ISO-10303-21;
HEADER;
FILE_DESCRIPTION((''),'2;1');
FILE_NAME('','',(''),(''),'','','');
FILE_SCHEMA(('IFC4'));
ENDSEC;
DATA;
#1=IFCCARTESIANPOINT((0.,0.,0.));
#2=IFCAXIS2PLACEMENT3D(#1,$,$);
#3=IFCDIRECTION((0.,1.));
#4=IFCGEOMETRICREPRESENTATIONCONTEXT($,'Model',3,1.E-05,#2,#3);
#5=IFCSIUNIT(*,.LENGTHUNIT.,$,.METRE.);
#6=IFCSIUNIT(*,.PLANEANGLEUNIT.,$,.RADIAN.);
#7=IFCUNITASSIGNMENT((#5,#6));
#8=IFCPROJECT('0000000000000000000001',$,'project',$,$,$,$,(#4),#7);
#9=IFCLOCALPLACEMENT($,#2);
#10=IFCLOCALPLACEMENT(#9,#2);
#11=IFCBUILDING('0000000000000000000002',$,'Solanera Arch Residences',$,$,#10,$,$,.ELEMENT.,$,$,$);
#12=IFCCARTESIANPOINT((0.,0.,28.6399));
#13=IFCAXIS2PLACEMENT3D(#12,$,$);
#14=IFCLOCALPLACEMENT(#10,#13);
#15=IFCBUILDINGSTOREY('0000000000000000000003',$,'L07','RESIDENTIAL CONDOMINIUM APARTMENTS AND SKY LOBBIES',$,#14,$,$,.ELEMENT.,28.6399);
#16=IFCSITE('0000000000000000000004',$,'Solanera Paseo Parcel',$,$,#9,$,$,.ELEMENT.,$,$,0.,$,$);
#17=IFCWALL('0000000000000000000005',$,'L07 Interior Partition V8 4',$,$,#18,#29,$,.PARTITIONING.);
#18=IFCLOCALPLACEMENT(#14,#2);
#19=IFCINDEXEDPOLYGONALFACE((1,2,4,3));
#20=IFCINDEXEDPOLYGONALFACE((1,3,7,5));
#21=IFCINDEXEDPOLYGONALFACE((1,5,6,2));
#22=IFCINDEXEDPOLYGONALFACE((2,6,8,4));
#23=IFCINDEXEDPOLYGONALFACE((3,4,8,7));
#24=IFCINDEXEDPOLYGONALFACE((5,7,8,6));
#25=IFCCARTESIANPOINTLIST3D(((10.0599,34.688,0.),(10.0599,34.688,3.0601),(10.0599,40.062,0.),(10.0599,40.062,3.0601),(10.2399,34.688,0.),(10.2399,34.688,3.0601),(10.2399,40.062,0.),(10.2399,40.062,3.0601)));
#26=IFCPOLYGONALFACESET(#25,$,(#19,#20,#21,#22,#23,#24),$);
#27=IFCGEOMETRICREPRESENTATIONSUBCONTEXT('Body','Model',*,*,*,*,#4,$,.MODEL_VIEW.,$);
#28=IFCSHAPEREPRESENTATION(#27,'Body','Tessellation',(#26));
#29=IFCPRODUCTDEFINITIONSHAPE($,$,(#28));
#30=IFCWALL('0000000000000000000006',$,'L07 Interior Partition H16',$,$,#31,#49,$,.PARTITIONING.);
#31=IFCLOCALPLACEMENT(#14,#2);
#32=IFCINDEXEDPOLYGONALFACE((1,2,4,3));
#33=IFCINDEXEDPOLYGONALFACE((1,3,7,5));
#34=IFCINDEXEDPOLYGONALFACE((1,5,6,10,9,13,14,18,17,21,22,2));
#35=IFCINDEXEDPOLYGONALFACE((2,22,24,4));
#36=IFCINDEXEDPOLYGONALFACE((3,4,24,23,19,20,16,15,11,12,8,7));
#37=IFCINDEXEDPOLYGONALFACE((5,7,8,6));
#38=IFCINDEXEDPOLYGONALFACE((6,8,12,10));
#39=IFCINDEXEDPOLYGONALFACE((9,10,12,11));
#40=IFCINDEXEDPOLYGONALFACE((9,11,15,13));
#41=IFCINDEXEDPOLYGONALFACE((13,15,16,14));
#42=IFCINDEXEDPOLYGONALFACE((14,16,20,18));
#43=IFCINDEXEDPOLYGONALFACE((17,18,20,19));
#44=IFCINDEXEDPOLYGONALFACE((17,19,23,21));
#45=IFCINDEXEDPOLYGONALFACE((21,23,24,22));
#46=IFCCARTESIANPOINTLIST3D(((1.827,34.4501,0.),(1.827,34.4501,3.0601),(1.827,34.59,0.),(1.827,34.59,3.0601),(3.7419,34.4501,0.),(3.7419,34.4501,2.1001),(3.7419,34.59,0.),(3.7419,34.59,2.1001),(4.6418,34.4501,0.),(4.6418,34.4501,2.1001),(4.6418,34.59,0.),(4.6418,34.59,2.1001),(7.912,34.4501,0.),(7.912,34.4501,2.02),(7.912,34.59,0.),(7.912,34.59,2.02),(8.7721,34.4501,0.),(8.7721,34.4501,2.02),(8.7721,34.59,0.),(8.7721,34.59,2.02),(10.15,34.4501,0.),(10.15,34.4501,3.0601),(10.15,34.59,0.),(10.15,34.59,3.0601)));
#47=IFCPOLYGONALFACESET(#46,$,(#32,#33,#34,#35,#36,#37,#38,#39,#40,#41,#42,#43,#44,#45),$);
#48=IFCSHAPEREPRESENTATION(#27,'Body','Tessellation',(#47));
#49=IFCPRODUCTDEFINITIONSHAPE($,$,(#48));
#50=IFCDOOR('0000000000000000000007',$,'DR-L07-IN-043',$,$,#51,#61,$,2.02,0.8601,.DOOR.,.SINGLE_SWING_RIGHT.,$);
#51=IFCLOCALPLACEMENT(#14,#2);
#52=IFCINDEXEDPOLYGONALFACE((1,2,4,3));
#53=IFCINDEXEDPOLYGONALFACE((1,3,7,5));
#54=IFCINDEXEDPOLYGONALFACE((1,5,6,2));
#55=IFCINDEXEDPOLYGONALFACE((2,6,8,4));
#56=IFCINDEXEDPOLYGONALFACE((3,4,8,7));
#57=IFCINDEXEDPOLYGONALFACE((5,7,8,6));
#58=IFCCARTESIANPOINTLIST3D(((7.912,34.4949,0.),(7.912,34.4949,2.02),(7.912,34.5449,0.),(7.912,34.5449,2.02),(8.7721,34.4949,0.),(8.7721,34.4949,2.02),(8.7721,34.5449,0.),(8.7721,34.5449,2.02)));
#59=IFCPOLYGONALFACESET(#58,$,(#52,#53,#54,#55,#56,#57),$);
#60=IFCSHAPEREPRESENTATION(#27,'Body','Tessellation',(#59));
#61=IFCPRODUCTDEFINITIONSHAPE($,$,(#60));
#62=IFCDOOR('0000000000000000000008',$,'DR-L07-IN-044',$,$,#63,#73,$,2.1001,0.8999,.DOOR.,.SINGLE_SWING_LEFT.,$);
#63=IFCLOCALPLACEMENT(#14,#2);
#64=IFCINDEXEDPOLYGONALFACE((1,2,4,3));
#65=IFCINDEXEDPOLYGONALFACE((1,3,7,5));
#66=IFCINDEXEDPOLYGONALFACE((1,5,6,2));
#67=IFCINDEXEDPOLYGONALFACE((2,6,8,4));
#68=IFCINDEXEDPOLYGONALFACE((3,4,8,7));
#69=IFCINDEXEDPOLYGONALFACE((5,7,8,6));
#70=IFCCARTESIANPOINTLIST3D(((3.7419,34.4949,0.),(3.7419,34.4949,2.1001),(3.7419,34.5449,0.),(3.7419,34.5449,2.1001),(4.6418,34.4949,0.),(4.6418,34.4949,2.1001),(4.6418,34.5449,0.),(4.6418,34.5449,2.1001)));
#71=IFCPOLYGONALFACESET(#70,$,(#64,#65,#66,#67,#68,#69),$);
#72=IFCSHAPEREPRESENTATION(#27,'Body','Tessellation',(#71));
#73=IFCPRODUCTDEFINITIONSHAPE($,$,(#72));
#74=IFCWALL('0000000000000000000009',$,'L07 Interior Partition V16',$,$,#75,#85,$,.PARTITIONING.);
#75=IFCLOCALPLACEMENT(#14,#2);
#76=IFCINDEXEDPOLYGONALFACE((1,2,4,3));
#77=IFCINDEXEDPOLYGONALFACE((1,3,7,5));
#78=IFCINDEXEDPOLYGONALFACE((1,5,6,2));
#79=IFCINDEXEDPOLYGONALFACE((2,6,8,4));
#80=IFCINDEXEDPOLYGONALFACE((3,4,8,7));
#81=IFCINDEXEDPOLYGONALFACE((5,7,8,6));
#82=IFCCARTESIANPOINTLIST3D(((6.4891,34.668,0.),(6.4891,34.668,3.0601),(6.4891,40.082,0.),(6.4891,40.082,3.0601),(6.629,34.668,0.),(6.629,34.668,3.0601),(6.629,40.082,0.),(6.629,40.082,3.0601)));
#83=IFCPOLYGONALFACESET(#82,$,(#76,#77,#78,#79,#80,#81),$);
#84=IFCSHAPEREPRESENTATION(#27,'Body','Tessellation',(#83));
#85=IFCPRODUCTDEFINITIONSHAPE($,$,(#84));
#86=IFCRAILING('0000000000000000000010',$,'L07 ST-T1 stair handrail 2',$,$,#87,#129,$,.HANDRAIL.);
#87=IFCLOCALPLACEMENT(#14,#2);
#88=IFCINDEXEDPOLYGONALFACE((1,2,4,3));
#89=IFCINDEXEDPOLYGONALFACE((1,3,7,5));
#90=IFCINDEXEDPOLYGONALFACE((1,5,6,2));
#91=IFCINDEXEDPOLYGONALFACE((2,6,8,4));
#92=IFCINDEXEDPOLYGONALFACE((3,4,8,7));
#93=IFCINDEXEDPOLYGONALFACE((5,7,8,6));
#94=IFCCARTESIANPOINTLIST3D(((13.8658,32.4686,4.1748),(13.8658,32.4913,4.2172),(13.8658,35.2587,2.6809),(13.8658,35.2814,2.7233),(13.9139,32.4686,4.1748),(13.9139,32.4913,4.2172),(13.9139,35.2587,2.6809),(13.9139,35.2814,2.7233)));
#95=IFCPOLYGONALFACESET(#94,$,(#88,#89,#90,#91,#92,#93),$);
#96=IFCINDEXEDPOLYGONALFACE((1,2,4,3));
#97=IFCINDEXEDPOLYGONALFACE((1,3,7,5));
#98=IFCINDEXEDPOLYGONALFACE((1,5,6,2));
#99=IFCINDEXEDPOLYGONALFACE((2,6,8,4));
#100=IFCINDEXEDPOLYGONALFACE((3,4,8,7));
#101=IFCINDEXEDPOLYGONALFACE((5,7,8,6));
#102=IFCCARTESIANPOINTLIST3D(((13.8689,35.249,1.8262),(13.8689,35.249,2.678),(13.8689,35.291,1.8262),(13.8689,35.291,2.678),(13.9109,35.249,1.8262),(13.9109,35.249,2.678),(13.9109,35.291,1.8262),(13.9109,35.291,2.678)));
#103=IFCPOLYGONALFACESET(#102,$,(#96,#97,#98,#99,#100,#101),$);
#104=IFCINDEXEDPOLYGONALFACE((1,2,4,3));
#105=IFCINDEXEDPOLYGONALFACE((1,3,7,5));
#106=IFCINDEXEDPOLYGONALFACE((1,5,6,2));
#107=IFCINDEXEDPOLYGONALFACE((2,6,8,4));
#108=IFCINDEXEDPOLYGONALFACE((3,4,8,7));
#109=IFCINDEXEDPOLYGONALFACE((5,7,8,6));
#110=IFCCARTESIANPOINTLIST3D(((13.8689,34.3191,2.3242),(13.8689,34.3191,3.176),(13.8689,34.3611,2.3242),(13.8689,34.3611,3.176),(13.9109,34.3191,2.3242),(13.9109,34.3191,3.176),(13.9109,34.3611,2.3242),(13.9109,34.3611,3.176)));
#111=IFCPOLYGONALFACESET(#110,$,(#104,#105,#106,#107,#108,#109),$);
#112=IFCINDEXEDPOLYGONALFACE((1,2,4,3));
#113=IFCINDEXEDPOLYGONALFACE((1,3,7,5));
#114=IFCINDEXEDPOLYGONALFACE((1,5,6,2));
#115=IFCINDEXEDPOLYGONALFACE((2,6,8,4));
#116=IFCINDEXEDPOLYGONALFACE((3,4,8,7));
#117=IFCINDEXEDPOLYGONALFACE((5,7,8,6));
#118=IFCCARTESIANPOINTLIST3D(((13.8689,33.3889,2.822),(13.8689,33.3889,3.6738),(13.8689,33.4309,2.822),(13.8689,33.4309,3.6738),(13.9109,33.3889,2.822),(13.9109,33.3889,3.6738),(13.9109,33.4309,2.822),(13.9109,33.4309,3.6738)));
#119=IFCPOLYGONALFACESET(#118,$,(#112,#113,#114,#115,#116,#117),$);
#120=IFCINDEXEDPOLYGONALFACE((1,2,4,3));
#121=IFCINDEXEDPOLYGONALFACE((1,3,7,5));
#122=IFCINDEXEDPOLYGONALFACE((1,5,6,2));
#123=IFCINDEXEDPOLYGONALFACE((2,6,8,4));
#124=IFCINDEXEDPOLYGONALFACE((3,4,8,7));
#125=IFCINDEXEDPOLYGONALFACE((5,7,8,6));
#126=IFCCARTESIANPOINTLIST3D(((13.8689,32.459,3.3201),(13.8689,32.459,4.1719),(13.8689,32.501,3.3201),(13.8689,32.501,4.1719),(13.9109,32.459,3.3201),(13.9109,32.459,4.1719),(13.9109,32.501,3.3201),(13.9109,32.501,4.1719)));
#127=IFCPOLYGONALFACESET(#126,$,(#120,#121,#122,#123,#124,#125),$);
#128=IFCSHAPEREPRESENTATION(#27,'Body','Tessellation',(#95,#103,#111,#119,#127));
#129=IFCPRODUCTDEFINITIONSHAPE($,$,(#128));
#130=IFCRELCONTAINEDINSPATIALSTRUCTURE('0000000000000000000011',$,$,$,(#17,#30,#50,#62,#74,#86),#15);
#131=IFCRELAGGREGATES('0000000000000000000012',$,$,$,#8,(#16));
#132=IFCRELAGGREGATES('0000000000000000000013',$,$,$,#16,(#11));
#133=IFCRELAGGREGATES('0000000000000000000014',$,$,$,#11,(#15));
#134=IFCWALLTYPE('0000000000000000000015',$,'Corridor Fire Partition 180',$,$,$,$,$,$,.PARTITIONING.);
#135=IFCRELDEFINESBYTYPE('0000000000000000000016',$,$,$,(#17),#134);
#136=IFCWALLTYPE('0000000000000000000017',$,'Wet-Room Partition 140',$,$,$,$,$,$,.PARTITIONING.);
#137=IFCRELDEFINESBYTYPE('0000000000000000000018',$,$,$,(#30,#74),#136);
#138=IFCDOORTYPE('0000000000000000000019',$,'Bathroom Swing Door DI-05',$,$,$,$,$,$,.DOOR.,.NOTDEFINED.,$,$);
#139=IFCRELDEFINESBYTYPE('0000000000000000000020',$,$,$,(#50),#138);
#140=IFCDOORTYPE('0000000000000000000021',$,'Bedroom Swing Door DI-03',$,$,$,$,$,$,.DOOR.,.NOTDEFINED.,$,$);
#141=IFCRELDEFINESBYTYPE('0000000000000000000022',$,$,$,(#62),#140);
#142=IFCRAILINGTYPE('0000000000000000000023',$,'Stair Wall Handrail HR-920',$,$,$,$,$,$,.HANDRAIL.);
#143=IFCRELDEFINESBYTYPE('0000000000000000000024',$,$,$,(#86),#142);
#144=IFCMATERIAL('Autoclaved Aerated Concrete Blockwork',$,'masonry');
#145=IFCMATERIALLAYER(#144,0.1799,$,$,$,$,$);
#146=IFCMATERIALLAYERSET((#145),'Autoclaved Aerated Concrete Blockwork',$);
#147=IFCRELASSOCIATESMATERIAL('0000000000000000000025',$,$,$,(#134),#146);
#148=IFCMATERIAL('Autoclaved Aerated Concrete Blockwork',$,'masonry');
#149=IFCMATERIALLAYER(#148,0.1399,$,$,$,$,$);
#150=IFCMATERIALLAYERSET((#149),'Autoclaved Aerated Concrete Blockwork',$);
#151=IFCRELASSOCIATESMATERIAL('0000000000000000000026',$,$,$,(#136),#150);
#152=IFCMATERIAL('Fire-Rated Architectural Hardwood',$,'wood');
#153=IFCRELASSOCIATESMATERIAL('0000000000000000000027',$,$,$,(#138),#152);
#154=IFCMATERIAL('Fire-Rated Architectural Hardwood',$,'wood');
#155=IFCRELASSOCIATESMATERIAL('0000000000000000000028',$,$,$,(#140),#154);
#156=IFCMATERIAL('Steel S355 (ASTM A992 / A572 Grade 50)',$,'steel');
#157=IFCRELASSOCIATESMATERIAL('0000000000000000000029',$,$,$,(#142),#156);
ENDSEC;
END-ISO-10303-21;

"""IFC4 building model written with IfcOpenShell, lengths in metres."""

from ifc_helpers import new_model, si_unit, direction, frame, frame_2d, origin, origin_2d, place, context, subcontext, project, spatial, rectangle, extrude, material, layer, layer_set, type_object, element, fill, save


model = new_model("IFC4")

# Units and contexts
model_context = context("Model", 3, precision=1e-05, world=origin(), true_north=direction((0.0, 1.0)))
body_context = subcontext(model_context, "Body", "Model", "MODEL_VIEW")
ifc_project = project(units=[si_unit("LENGTHUNIT", "METRE"), si_unit("PLANEANGLEUNIT", "RADIAN")], contexts=[model_context])

# Site, building, storey
site_placement = place(None, origin())
site = spatial("IfcSite", under=ifc_project, at=site_placement, Name="Solanera Paseo Parcel", CompositionType="ELEMENT", RefElevation=0.0)
building_placement = place(site_placement, origin())
building = spatial("IfcBuilding", under=site, at=building_placement, Name="Solanera Arch Residences", CompositionType="ELEMENT")
storey_placement = place(building_placement, frame((0.0, 0.0, 28.6399)))
storey = spatial("IfcBuildingStorey", under=building, at=storey_placement, Name="L07", Description="RESIDENTIAL CONDOMINIUM APARTMENTS AND SKY LOBBIES", CompositionType="ELEMENT", Elevation=28.6399)

# Shared definitions
ifc_material_1 = material(Name="Autoclaved Aerated Concrete Blockwork", Category="masonry")
ifc_layer_1 = layer(ifc_material_1, 0.1799)
ifc_layer_set_1 = layer_set([ifc_layer_1], Name="Autoclaved Aerated Concrete Blockwork")
wall_type_1 = type_object("IfcWallType", Name="Corridor Fire Partition 180", PredefinedType="PARTITIONING", material=ifc_layer_set_1)

# Wall
wall_1_placement = place(storey_placement, frame((10.1499, 34.688, 0.0), z_axis=(0.0, 0.0, 1.0), x_axis=(0.0, 1.0, 0.0)))
element("IfcWall", 1, at=wall_1_placement, inside=storey, type_object=wall_type_1, Name="L07 Interior Partition V8 4", PredefinedType="PARTITIONING", context=body_context, shape_type="SweptSolid", body=[
    extrude(rectangle(XDim=5.374, YDim=0.1799, at=frame_2d((2.687, 0.0))), origin(), (0.0, 0.0, 1.0), 3.0601),
])

# Wall, openings, doors
ifc_material_2 = material(Name="Autoclaved Aerated Concrete Blockwork", Category="masonry")
ifc_layer_2 = layer(ifc_material_2, 0.1399)
ifc_layer_set_2 = layer_set([ifc_layer_2], Name="Autoclaved Aerated Concrete Blockwork")
wall_type_2 = type_object("IfcWallType", Name="Wet-Room Partition 140", PredefinedType="PARTITIONING", material=ifc_layer_set_2)
wall_2_placement = place(storey_placement, frame((1.8269, 34.52, 0.0), z_axis=(0.0, 0.0, 1.0), x_axis=(1.0, 0.0, 0.0)))
wall_2 = element("IfcWall", 2, at=wall_2_placement, inside=storey, type_object=wall_type_2, Name="L07 Interior Partition H16", PredefinedType="PARTITIONING", context=body_context, shape_type="SweptSolid", body=[
    extrude(rectangle(XDim=8.323, YDim=0.1399, at=frame_2d((4.1616, 0.0))), origin(), (0.0, 0.0, 1.0), 3.0601),
])
opening_1_placement = place(wall_2_placement, frame((6.085, 0.0, 0.0)))
opening_1 = element("IfcOpeningElement", 3, at=opening_1_placement, cuts=wall_2, PredefinedType="OPENING", context=body_context, shape_type="SweptSolid", body=[
    extrude(rectangle(XDim=0.8601, YDim=2.02, at=frame_2d((0.4302, 1.01))), frame((0.0, 0.0798, 0.0), z_axis=(0.0, -1.0, 0.0), x_axis=(1.0, 0.0, 0.0)), (0.0, 0.0, 1.0), 0.1599),
])
opening_2_placement = place(wall_2_placement, frame((1.915, 0.0, 0.0)))
opening_2 = element("IfcOpeningElement", 4, at=opening_2_placement, cuts=wall_2, PredefinedType="OPENING", context=body_context, shape_type="SweptSolid", body=[
    extrude(rectangle(XDim=0.8999, YDim=2.1001, at=frame_2d((0.45, 1.05))), frame((0.0, 0.0798, 0.0), z_axis=(0.0, -1.0, 0.0), x_axis=(1.0, 0.0, 0.0)), (0.0, 0.0, 1.0), 0.1599),
])
ifc_material_3 = material(Name="Fire-Rated Architectural Hardwood", Category="wood")
door_type_1 = type_object("IfcDoorType", Name="Bathroom Swing Door DI-05", OperationType="NOTDEFINED", PredefinedType="DOOR", material=ifc_material_3)
door_1_placement = place(opening_1_placement, origin())
door_1 = element("IfcDoor", 5, at=door_1_placement, inside=storey, type_object=door_type_1, Name="DR-L07-IN-043", OperationType="SINGLE_SWING_RIGHT", OverallHeight=2.02, OverallWidth=0.8601, PredefinedType="DOOR", context=body_context, shape_type="SweptSolid", body=[
    extrude(rectangle(XDim=0.8601, YDim=2.02, at=frame_2d((0.4302, 1.01))), frame((0.0, 0.0249, 0.0), z_axis=(0.0, -1.0, 0.0), x_axis=(1.0, 0.0, 0.0)), (0.0, 0.0, 1.0), 0.05),
])
fill(opening_1, door_1)
ifc_material_4 = material(Name="Fire-Rated Architectural Hardwood", Category="wood")
door_type_2 = type_object("IfcDoorType", Name="Bedroom Swing Door DI-03", OperationType="NOTDEFINED", PredefinedType="DOOR", material=ifc_material_4)
door_2_placement = place(opening_2_placement, origin())
door_2 = element("IfcDoor", 6, at=door_2_placement, inside=storey, type_object=door_type_2, Name="DR-L07-IN-044", OperationType="SINGLE_SWING_LEFT", OverallHeight=2.1001, OverallWidth=0.8999, PredefinedType="DOOR", context=body_context, shape_type="SweptSolid", body=[
    extrude(rectangle(XDim=0.8999, YDim=2.1001, at=frame_2d((0.45, 1.05))), frame((0.0, 0.0249, 0.0), z_axis=(0.0, -1.0, 0.0), x_axis=(1.0, 0.0, 0.0)), (0.0, 0.0, 1.0), 0.05),
])
fill(opening_2, door_2)

# Wall
wall_3_placement = place(storey_placement, frame((6.5591, 34.668, 0.0), z_axis=(0.0, 0.0, 1.0), x_axis=(0.0, 1.0, 0.0)))
element("IfcWall", 7, at=wall_3_placement, inside=storey, type_object=wall_type_2, Name="L07 Interior Partition V16", PredefinedType="PARTITIONING", context=body_context, shape_type="SweptSolid", body=[
    extrude(rectangle(XDim=5.4141, YDim=0.1399, at=frame_2d((2.707, 0.0))), origin(), (0.0, 0.0, 1.0), 3.0601),
])

# Railing
ifc_material_5 = material(Name="Steel S355 (ASTM A992 / A572 Grade 50)", Category="steel")
railing_type_1 = type_object("IfcRailingType", Name="Stair Wall Handrail HR-920", PredefinedType="HANDRAIL", material=ifc_material_5)
railing_1_placement = place(storey_placement, frame((13.8899, 35.27, 1.8262)))
element("IfcRailing", 8, at=railing_1_placement, inside=storey, type_object=railing_type_1, Name="L07 ST-T1 stair handrail 2", PredefinedType="HANDRAIL", context=body_context, shape_type="SweptSolid", body=[
    extrude(rectangle(XDim=0.0481, YDim=0.0481, at=origin_2d()), frame((0.0, 0.0, 0.876), z_axis=(0.0, -0.881581, 0.472033), x_axis=(1.0, 0.0, 0.0)), (0.0, 0.0, 1.0), 3.1648),
    extrude(rectangle(XDim=0.042, YDim=0.042, at=origin_2d()), origin(), (0.0, 0.0, 1.0), 0.8518),
    extrude(rectangle(XDim=0.042, YDim=0.042, at=origin_2d()), frame((0.0, -0.9299, 0.498)), (0.0, 0.0, 1.0), 0.8518),
    extrude(rectangle(XDim=0.042, YDim=0.042, at=origin_2d()), frame((0.0, -1.8601, 0.9958)), (0.0, 0.0, 1.0), 0.8518),
    extrude(rectangle(XDim=0.042, YDim=0.042, at=origin_2d()), frame((0.0, -2.79, 1.4939)), (0.0, 0.0, 1.0), 0.8518),
])

save(model, "model.ifc")
